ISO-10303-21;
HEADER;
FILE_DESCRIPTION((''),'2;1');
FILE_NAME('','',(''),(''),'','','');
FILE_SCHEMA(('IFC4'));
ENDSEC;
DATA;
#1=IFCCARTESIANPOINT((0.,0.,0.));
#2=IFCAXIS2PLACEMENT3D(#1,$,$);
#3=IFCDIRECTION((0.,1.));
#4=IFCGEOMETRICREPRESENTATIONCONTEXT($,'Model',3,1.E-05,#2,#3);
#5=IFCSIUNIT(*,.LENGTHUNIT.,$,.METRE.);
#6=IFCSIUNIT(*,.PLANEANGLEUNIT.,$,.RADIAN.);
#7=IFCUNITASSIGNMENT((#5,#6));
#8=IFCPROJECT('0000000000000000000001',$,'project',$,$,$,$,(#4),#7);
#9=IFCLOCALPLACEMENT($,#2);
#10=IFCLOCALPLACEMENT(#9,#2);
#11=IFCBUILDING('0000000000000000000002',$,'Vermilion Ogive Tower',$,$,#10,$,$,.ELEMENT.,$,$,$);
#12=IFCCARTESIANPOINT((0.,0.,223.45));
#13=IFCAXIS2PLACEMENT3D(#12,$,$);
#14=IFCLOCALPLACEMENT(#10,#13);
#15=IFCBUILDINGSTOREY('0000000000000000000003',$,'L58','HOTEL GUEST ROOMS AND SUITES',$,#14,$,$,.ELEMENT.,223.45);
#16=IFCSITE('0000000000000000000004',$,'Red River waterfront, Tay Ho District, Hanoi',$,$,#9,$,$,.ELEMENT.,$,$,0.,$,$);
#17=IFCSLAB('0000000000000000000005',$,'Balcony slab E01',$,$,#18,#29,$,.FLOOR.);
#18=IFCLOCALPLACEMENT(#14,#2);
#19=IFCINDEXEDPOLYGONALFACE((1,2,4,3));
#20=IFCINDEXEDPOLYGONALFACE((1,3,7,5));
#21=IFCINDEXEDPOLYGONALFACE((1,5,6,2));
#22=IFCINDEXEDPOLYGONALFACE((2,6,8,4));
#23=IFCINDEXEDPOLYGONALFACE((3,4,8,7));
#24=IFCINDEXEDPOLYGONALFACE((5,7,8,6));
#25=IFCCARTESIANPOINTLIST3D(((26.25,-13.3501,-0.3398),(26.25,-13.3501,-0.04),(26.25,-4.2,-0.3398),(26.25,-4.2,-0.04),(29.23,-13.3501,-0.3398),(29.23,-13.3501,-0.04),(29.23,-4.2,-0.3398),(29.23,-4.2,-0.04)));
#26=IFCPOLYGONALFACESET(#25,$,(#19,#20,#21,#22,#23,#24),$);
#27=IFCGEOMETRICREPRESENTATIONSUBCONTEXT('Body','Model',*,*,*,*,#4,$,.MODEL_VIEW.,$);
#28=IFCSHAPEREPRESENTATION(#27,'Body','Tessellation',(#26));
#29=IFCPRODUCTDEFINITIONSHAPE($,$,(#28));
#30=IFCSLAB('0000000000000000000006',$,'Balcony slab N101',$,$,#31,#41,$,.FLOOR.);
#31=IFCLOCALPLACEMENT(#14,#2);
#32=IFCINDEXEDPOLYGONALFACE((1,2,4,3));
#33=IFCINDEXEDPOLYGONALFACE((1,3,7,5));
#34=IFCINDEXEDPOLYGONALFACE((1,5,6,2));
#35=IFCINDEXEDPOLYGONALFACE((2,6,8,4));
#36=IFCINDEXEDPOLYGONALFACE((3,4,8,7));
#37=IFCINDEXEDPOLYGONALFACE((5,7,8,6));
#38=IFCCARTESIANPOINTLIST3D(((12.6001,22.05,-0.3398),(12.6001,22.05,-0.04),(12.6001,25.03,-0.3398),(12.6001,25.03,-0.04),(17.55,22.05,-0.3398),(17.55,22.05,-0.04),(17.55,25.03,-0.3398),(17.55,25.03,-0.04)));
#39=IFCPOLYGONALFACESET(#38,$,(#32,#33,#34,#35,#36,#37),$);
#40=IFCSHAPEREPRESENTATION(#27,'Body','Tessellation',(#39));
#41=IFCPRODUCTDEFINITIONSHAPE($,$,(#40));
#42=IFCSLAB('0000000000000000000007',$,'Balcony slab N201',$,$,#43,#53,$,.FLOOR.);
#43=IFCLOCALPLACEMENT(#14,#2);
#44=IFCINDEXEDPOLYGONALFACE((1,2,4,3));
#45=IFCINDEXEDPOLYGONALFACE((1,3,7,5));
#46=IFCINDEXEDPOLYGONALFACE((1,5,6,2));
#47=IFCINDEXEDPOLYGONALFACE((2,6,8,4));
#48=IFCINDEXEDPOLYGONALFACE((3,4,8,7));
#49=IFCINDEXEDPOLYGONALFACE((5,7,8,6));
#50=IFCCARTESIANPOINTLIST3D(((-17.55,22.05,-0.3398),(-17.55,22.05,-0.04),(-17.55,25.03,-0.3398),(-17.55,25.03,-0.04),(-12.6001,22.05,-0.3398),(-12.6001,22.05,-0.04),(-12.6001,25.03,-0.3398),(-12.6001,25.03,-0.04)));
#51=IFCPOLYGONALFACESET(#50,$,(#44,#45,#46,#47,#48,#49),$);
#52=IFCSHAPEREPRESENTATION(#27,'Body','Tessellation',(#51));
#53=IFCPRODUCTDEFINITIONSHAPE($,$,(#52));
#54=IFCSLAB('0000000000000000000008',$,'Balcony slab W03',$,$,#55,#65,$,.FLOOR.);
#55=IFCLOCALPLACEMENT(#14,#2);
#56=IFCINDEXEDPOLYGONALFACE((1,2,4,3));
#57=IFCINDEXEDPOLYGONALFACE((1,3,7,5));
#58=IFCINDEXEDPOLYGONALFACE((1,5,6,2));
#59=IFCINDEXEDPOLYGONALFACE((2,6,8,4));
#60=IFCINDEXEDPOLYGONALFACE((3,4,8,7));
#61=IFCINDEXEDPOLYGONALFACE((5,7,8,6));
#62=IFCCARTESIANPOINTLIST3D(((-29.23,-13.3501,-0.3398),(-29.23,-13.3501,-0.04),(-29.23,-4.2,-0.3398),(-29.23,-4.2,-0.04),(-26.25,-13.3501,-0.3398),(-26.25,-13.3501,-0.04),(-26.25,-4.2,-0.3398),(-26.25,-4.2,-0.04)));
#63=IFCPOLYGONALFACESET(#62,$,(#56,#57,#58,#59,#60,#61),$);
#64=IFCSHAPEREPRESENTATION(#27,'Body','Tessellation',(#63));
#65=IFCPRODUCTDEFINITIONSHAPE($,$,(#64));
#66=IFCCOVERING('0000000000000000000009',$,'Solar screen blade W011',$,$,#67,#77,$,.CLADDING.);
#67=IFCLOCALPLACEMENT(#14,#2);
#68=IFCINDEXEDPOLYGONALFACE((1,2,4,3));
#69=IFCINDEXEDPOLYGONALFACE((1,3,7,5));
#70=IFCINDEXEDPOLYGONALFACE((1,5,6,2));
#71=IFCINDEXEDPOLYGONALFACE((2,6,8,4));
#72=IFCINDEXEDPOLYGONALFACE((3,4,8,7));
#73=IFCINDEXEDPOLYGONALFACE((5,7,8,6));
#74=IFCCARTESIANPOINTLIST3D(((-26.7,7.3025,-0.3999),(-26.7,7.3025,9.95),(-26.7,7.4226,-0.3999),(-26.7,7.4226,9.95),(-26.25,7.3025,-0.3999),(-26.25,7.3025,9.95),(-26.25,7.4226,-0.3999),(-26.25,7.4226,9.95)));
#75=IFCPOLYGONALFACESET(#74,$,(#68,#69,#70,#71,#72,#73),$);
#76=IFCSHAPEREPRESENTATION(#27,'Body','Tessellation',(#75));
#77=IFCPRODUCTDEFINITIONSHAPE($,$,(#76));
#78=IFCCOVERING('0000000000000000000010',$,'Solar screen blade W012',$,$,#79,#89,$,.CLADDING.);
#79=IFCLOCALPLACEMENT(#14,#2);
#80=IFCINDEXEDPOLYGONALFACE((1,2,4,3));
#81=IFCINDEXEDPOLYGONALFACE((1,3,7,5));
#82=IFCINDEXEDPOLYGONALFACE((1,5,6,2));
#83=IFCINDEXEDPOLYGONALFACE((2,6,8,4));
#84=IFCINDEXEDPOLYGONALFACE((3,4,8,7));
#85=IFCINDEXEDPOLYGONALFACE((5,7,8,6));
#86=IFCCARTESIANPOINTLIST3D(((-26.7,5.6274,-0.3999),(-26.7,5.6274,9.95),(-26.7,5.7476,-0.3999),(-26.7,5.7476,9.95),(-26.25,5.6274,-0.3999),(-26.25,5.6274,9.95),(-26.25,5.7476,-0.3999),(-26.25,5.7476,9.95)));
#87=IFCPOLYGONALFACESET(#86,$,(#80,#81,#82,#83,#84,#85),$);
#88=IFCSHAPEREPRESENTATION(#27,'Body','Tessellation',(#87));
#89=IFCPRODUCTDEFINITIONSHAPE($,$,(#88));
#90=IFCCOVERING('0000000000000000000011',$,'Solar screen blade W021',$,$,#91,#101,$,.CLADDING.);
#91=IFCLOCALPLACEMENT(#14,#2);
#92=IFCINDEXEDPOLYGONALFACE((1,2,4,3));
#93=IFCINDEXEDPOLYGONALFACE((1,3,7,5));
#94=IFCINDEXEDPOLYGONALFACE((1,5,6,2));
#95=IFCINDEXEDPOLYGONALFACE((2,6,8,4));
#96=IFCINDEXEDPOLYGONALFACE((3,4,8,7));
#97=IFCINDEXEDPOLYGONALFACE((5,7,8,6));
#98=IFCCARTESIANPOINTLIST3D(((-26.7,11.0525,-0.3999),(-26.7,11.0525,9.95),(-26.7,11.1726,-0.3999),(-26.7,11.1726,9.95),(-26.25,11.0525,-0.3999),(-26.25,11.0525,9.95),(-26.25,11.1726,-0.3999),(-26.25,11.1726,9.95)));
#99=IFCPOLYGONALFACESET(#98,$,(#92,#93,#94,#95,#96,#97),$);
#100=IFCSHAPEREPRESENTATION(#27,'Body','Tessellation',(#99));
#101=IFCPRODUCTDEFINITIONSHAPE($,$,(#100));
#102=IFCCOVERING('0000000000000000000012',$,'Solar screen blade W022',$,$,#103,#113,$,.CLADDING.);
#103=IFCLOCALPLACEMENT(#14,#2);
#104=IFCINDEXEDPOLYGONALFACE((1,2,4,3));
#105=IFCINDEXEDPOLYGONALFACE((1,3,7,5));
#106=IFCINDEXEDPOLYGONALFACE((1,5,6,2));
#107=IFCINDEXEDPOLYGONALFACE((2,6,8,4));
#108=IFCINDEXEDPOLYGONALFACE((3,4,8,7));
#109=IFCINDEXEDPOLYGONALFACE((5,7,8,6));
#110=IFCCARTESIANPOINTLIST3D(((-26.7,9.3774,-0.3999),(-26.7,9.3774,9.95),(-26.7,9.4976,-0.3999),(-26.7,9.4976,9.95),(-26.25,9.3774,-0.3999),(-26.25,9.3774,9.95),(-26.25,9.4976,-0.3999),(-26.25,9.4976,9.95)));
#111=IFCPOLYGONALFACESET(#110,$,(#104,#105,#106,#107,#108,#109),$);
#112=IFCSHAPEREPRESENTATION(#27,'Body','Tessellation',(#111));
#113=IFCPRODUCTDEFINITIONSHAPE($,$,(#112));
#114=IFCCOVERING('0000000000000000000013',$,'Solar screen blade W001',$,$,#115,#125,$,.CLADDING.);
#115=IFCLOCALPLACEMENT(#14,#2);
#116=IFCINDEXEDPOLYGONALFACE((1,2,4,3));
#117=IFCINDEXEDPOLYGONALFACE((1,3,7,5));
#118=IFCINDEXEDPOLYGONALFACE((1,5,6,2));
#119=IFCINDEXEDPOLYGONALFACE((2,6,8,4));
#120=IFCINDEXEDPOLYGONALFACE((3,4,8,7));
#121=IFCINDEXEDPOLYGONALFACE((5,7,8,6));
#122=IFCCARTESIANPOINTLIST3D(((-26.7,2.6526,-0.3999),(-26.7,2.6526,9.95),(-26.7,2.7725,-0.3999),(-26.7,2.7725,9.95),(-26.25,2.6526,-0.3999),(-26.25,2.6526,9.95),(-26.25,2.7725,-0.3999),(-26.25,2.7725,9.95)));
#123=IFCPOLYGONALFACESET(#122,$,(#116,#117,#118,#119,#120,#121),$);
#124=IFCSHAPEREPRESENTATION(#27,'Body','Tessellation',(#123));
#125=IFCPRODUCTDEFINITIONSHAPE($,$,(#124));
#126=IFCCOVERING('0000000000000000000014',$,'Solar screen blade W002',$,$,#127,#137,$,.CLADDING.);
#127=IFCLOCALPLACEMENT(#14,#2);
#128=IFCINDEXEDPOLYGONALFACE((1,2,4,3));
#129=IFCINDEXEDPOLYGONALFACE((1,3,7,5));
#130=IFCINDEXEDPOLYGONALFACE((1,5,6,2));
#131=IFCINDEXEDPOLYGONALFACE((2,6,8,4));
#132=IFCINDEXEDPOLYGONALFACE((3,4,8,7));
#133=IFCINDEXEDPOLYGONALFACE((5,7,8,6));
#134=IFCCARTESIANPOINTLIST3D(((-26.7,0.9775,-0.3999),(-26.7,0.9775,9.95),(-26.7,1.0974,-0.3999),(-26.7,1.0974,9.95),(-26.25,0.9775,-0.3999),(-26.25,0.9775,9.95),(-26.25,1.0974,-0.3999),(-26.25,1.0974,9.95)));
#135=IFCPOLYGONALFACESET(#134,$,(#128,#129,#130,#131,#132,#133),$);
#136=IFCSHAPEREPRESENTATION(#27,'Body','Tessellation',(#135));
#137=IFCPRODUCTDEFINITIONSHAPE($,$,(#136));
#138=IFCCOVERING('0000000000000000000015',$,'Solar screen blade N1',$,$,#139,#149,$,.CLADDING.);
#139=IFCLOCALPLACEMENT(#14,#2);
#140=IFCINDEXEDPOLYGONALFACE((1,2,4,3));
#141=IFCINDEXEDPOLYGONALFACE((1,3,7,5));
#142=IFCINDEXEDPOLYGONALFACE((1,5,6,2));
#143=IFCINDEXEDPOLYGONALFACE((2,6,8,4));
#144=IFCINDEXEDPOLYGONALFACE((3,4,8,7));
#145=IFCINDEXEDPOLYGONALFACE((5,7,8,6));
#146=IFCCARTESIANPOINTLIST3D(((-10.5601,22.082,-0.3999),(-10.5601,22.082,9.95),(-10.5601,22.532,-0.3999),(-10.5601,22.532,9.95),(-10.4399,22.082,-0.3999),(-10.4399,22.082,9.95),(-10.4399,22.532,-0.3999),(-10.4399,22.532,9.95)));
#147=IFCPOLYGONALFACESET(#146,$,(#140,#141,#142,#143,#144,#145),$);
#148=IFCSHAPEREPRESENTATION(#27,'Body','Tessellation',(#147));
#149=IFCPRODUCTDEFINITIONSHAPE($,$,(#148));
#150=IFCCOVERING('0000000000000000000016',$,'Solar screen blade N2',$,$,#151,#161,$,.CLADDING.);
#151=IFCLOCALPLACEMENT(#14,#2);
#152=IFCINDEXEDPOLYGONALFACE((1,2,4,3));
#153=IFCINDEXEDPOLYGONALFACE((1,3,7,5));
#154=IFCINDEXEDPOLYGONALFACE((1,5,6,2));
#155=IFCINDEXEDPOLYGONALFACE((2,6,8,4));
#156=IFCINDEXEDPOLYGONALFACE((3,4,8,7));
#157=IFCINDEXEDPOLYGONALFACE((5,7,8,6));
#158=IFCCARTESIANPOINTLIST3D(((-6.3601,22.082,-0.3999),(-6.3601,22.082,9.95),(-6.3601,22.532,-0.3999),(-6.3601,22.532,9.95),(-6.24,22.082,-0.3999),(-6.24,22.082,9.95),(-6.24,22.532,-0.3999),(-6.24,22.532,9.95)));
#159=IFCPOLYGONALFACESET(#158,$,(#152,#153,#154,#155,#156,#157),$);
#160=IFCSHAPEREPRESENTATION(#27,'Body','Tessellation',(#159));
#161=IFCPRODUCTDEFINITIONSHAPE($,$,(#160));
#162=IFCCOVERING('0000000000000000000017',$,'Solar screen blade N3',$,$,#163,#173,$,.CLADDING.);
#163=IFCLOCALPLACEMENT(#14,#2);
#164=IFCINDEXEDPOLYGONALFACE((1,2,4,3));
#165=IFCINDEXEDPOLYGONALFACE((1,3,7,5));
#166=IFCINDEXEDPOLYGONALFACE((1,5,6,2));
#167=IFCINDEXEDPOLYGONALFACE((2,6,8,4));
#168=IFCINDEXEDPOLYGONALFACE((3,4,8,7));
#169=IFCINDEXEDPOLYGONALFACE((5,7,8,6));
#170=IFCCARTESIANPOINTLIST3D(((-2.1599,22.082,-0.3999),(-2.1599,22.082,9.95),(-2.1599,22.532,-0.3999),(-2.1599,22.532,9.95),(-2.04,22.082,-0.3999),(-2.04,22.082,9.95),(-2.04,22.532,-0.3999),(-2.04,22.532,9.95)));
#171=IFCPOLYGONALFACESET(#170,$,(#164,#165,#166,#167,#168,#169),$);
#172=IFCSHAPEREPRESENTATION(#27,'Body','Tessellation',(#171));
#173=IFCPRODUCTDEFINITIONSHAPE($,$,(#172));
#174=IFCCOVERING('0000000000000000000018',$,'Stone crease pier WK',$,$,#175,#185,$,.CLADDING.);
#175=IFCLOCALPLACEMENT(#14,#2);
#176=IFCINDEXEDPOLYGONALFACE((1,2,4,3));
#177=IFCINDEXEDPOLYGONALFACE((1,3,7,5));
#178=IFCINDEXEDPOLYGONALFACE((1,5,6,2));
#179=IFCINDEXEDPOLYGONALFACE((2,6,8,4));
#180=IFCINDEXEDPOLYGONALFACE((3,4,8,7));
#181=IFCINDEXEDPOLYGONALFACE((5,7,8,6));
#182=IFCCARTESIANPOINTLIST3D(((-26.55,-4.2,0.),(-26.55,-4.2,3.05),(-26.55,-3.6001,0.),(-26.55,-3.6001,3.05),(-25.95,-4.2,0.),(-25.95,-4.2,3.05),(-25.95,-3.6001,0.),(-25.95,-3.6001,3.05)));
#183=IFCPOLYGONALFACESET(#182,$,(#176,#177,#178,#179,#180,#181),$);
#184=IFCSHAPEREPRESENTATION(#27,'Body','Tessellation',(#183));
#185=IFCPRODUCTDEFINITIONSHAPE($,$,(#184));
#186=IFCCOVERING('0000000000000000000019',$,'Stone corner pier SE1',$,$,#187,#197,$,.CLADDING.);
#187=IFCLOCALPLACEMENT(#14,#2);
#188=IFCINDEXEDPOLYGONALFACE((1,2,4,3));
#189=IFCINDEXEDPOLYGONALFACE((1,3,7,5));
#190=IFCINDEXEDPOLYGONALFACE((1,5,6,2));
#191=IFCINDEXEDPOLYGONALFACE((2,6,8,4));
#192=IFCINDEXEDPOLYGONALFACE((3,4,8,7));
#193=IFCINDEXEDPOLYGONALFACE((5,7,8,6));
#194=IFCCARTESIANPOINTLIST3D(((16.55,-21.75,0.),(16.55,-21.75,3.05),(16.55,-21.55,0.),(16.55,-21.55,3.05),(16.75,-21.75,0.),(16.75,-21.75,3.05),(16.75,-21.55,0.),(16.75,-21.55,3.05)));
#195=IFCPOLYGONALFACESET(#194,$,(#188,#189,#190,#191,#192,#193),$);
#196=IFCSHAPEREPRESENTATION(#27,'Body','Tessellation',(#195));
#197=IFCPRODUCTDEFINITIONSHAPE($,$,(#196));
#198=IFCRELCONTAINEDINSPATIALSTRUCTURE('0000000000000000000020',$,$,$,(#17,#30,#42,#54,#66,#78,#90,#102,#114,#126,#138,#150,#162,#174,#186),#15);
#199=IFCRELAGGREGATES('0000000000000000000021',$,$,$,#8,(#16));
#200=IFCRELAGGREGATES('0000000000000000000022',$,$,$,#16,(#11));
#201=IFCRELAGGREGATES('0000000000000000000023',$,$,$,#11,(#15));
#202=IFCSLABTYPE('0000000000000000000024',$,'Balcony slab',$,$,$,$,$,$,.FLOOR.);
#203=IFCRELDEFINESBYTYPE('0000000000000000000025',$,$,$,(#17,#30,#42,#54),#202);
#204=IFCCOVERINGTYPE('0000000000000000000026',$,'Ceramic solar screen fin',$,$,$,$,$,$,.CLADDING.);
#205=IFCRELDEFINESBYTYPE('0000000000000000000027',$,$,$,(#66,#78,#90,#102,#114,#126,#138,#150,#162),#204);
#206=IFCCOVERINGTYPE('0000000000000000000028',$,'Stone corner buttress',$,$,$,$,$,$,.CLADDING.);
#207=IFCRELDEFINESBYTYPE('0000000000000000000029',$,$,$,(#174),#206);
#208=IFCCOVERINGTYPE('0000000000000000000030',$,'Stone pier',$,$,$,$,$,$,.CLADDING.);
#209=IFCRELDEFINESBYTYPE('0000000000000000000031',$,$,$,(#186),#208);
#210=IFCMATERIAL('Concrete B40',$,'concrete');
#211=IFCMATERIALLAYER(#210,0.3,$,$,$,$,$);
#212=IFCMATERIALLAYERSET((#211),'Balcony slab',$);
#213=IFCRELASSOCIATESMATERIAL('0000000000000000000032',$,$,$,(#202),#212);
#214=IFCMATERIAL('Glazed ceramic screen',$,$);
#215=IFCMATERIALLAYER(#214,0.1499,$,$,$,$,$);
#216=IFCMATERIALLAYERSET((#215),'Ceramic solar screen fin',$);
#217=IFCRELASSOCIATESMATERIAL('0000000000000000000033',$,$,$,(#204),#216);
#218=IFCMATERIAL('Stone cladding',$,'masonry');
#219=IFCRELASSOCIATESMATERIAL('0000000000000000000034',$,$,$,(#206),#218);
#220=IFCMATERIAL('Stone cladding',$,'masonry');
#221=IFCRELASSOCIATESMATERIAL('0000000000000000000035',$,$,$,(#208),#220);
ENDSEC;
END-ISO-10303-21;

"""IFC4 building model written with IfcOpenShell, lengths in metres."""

from ifc_helpers import new_model, si_unit, direction, frame, origin, place, context, subcontext, project, spatial, polyline, outline, extrude, material, layer, layer_set, type_object, element, save


model = new_model("IFC4")

# Units and contexts
model_context = context("Model", 3, precision=1e-05, world=origin(), true_north=direction((0.0, 1.0)))
body_context = subcontext(model_context, "Body", "Model", "MODEL_VIEW")
ifc_project = project(units=[si_unit("LENGTHUNIT", "METRE"), si_unit("PLANEANGLEUNIT", "RADIAN")], contexts=[model_context])

# Site, building, storey
site_placement = place(None, origin())
site = spatial("IfcSite", under=ifc_project, at=site_placement, Name="Red River waterfront, Tay Ho District, Hanoi", CompositionType="ELEMENT", RefElevation=0.0)
building_placement = place(site_placement, origin())
building = spatial("IfcBuilding", under=site, at=building_placement, Name="Vermilion Ogive Tower", CompositionType="ELEMENT")
storey_placement = place(building_placement, frame((0.0, 0.0, 223.45)))
storey = spatial("IfcBuildingStorey", under=building, at=storey_placement, Name="L58", Description="HOTEL GUEST ROOMS AND SUITES", CompositionType="ELEMENT", Elevation=223.45)

# Slabs
ifc_material_1 = material(Name="Concrete B40", Category="concrete")
ifc_layer_1 = layer(ifc_material_1, 0.3)
ifc_layer_set_1 = layer_set([ifc_layer_1], Name="Balcony slab")
slab_type = type_object("IfcSlabType", Name="Balcony slab", PredefinedType="FLOOR", material=ifc_layer_set_1)
slab_1_placement = place(storey_placement, frame((0.0, 0.0, -0.3398)))
element("IfcSlab", 1, at=slab_1_placement, inside=storey, type_object=slab_type, Name="Balcony slab E01", PredefinedType="FLOOR", context=body_context, shape_type="SweptSolid", body=[
    extrude(outline(polyline([(29.23, -13.3501), (29.23, -4.2), (26.25, -4.2), (26.25, -13.3501), (29.23, -13.3501)])), origin(), (0.0, 0.0, 1.0), 0.2998),
])
slab_2_placement = place(storey_placement, frame((0.0, 0.0, -0.3398)))
element("IfcSlab", 2, at=slab_2_placement, inside=storey, type_object=slab_type, Name="Balcony slab N101", PredefinedType="FLOOR", context=body_context, shape_type="SweptSolid", body=[
    extrude(outline(polyline([(17.55, 25.03), (12.6001, 25.03), (12.6001, 22.05), (17.55, 22.05), (17.55, 25.03)])), origin(), (0.0, 0.0, 1.0), 0.2998),
])
slab_3_placement = place(storey_placement, frame((0.0, 0.0, -0.3398)))
element("IfcSlab", 3, at=slab_3_placement, inside=storey, type_object=slab_type, Name="Balcony slab N201", PredefinedType="FLOOR", context=body_context, shape_type="SweptSolid", body=[
    extrude(outline(polyline([(-12.6001, 25.03), (-17.55, 25.03), (-17.55, 22.05), (-12.6001, 22.05), (-12.6001, 25.03)])), origin(), (0.0, 0.0, 1.0), 0.2998),
])
slab_4_placement = place(storey_placement, frame((0.0, 0.0, -0.3398)))
element("IfcSlab", 4, at=slab_4_placement, inside=storey, type_object=slab_type, Name="Balcony slab W03", PredefinedType="FLOOR", context=body_context, shape_type="SweptSolid", body=[
    extrude(outline(polyline([(-29.23, -4.2), (-29.23, -13.3501), (-26.25, -13.3501), (-26.25, -4.2), (-29.23, -4.2)])), origin(), (0.0, 0.0, 1.0), 0.2998),
])

# Coverings
ifc_material_2 = material(Name="Glazed ceramic screen")
ifc_layer_2 = layer(ifc_material_2, 0.1499)
ifc_layer_set_2 = layer_set([ifc_layer_2], Name="Ceramic solar screen fin")
covering_type_1 = type_object("IfcCoveringType", Name="Ceramic solar screen fin", PredefinedType="CLADDING", material=ifc_layer_set_2)
covering_1_placement = place(storey_placement, frame((0.0, 0.0, -0.3999)))
element("IfcCovering", 5, at=covering_1_placement, inside=storey, type_object=covering_type_1, Name="Solar screen blade W011", PredefinedType="CLADDING", context=body_context, shape_type="SweptSolid", body=[
    extrude(outline(polyline([(-26.7, 7.4226), (-26.7, 7.3025), (-26.25, 7.3025), (-26.25, 7.4226), (-26.7, 7.4226)])), origin(), (0.0, 0.0, 1.0), 10.3499),
])
covering_2_placement = place(storey_placement, frame((0.0, 0.0, -0.3999)))
element("IfcCovering", 6, at=covering_2_placement, inside=storey, type_object=covering_type_1, Name="Solar screen blade W012", PredefinedType="CLADDING", context=body_context, shape_type="SweptSolid", body=[
    extrude(outline(polyline([(-26.7, 5.7476), (-26.7, 5.6274), (-26.25, 5.6274), (-26.25, 5.7476), (-26.7, 5.7476)])), origin(), (0.0, 0.0, 1.0), 10.3499),
])
covering_3_placement = place(storey_placement, frame((0.0, 0.0, -0.3999)))
element("IfcCovering", 7, at=covering_3_placement, inside=storey, type_object=covering_type_1, Name="Solar screen blade W021", PredefinedType="CLADDING", context=body_context, shape_type="SweptSolid", body=[
    extrude(outline(polyline([(-26.7, 11.1726), (-26.7, 11.0525), (-26.25, 11.0525), (-26.25, 11.1726), (-26.7, 11.1726)])), origin(), (0.0, 0.0, 1.0), 10.3499),
])
covering_4_placement = place(storey_placement, frame((0.0, 0.0, -0.3999)))
element("IfcCovering", 8, at=covering_4_placement, inside=storey, type_object=covering_type_1, Name="Solar screen blade W022", PredefinedType="CLADDING", context=body_context, shape_type="SweptSolid", body=[
    extrude(outline(polyline([(-26.7, 9.4976), (-26.7, 9.3774), (-26.25, 9.3774), (-26.25, 9.4976), (-26.7, 9.4976)])), origin(), (0.0, 0.0, 1.0), 10.3499),
])
covering_5_placement = place(storey_placement, frame((0.0, 0.0, -0.3999)))
element("IfcCovering", 9, at=covering_5_placement, inside=storey, type_object=covering_type_1, Name="Solar screen blade W001", PredefinedType="CLADDING", context=body_context, shape_type="SweptSolid", body=[
    extrude(outline(polyline([(-26.7, 2.7725), (-26.7, 2.6526), (-26.25, 2.6526), (-26.25, 2.7725), (-26.7, 2.7725)])), origin(), (0.0, 0.0, 1.0), 10.3499),
])
covering_6_placement = place(storey_placement, frame((0.0, 0.0, -0.3999)))
element("IfcCovering", 10, at=covering_6_placement, inside=storey, type_object=covering_type_1, Name="Solar screen blade W002", PredefinedType="CLADDING", context=body_context, shape_type="SweptSolid", body=[
    extrude(outline(polyline([(-26.7, 1.0974), (-26.7, 0.9775), (-26.25, 0.9775), (-26.25, 1.0974), (-26.7, 1.0974)])), origin(), (0.0, 0.0, 1.0), 10.3499),
])
covering_7_placement = place(storey_placement, frame((0.0, 0.0, -0.3999)))
element("IfcCovering", 11, at=covering_7_placement, inside=storey, type_object=covering_type_1, Name="Solar screen blade N1", PredefinedType="CLADDING", context=body_context, shape_type="SweptSolid", body=[
    extrude(outline(polyline([(-10.5601, 22.082), (-10.4399, 22.082), (-10.4399, 22.532), (-10.5601, 22.532), (-10.5601, 22.082)])), origin(), (0.0, 0.0, 1.0), 10.3499),
])
covering_8_placement = place(storey_placement, frame((0.0, 0.0, -0.3999)))
element("IfcCovering", 12, at=covering_8_placement, inside=storey, type_object=covering_type_1, Name="Solar screen blade N2", PredefinedType="CLADDING", context=body_context, shape_type="SweptSolid", body=[
    extrude(outline(polyline([(-6.3601, 22.082), (-6.24, 22.082), (-6.24, 22.532), (-6.3601, 22.532), (-6.3601, 22.082)])), origin(), (0.0, 0.0, 1.0), 10.3499),
])
covering_9_placement = place(storey_placement, frame((0.0, 0.0, -0.3999)))
element("IfcCovering", 13, at=covering_9_placement, inside=storey, type_object=covering_type_1, Name="Solar screen blade N3", PredefinedType="CLADDING", context=body_context, shape_type="SweptSolid", body=[
    extrude(outline(polyline([(-2.1599, 22.082), (-2.04, 22.082), (-2.04, 22.532), (-2.1599, 22.532), (-2.1599, 22.082)])), origin(), (0.0, 0.0, 1.0), 10.3499),
])
ifc_material_3 = material(Name="Stone cladding", Category="masonry")
covering_type_2 = type_object("IfcCoveringType", Name="Stone corner buttress", PredefinedType="CLADDING", material=ifc_material_3)
covering_10_placement = place(storey_placement, origin())
element("IfcCovering", 14, at=covering_10_placement, inside=storey, type_object=covering_type_2, Name="Stone crease pier WK", PredefinedType="CLADDING", context=body_context, shape_type="SweptSolid", body=[
    extrude(outline(polyline([(-26.55, -3.6001), (-26.55, -4.2), (-25.95, -4.2), (-25.95, -3.6001), (-26.55, -3.6001)])), origin(), (0.0, 0.0, 1.0), 3.05),
])
ifc_material_4 = material(Name="Stone cladding", Category="masonry")
covering_type_3 = type_object("IfcCoveringType", Name="Stone pier", PredefinedType="CLADDING", material=ifc_material_4)
covering_11_placement = place(storey_placement, origin())
element("IfcCovering", 15, at=covering_11_placement, inside=storey, type_object=covering_type_3, Name="Stone corner pier SE1", PredefinedType="CLADDING", context=body_context, shape_type="SweptSolid", body=[
    extrude(outline(polyline([(16.55, -21.55), (16.75, -21.55), (16.75, -21.75), (16.55, -21.75), (16.55, -21.55)])), origin(), (0.0, 0.0, 1.0), 3.05),
])

save(model, "model.ifc")
